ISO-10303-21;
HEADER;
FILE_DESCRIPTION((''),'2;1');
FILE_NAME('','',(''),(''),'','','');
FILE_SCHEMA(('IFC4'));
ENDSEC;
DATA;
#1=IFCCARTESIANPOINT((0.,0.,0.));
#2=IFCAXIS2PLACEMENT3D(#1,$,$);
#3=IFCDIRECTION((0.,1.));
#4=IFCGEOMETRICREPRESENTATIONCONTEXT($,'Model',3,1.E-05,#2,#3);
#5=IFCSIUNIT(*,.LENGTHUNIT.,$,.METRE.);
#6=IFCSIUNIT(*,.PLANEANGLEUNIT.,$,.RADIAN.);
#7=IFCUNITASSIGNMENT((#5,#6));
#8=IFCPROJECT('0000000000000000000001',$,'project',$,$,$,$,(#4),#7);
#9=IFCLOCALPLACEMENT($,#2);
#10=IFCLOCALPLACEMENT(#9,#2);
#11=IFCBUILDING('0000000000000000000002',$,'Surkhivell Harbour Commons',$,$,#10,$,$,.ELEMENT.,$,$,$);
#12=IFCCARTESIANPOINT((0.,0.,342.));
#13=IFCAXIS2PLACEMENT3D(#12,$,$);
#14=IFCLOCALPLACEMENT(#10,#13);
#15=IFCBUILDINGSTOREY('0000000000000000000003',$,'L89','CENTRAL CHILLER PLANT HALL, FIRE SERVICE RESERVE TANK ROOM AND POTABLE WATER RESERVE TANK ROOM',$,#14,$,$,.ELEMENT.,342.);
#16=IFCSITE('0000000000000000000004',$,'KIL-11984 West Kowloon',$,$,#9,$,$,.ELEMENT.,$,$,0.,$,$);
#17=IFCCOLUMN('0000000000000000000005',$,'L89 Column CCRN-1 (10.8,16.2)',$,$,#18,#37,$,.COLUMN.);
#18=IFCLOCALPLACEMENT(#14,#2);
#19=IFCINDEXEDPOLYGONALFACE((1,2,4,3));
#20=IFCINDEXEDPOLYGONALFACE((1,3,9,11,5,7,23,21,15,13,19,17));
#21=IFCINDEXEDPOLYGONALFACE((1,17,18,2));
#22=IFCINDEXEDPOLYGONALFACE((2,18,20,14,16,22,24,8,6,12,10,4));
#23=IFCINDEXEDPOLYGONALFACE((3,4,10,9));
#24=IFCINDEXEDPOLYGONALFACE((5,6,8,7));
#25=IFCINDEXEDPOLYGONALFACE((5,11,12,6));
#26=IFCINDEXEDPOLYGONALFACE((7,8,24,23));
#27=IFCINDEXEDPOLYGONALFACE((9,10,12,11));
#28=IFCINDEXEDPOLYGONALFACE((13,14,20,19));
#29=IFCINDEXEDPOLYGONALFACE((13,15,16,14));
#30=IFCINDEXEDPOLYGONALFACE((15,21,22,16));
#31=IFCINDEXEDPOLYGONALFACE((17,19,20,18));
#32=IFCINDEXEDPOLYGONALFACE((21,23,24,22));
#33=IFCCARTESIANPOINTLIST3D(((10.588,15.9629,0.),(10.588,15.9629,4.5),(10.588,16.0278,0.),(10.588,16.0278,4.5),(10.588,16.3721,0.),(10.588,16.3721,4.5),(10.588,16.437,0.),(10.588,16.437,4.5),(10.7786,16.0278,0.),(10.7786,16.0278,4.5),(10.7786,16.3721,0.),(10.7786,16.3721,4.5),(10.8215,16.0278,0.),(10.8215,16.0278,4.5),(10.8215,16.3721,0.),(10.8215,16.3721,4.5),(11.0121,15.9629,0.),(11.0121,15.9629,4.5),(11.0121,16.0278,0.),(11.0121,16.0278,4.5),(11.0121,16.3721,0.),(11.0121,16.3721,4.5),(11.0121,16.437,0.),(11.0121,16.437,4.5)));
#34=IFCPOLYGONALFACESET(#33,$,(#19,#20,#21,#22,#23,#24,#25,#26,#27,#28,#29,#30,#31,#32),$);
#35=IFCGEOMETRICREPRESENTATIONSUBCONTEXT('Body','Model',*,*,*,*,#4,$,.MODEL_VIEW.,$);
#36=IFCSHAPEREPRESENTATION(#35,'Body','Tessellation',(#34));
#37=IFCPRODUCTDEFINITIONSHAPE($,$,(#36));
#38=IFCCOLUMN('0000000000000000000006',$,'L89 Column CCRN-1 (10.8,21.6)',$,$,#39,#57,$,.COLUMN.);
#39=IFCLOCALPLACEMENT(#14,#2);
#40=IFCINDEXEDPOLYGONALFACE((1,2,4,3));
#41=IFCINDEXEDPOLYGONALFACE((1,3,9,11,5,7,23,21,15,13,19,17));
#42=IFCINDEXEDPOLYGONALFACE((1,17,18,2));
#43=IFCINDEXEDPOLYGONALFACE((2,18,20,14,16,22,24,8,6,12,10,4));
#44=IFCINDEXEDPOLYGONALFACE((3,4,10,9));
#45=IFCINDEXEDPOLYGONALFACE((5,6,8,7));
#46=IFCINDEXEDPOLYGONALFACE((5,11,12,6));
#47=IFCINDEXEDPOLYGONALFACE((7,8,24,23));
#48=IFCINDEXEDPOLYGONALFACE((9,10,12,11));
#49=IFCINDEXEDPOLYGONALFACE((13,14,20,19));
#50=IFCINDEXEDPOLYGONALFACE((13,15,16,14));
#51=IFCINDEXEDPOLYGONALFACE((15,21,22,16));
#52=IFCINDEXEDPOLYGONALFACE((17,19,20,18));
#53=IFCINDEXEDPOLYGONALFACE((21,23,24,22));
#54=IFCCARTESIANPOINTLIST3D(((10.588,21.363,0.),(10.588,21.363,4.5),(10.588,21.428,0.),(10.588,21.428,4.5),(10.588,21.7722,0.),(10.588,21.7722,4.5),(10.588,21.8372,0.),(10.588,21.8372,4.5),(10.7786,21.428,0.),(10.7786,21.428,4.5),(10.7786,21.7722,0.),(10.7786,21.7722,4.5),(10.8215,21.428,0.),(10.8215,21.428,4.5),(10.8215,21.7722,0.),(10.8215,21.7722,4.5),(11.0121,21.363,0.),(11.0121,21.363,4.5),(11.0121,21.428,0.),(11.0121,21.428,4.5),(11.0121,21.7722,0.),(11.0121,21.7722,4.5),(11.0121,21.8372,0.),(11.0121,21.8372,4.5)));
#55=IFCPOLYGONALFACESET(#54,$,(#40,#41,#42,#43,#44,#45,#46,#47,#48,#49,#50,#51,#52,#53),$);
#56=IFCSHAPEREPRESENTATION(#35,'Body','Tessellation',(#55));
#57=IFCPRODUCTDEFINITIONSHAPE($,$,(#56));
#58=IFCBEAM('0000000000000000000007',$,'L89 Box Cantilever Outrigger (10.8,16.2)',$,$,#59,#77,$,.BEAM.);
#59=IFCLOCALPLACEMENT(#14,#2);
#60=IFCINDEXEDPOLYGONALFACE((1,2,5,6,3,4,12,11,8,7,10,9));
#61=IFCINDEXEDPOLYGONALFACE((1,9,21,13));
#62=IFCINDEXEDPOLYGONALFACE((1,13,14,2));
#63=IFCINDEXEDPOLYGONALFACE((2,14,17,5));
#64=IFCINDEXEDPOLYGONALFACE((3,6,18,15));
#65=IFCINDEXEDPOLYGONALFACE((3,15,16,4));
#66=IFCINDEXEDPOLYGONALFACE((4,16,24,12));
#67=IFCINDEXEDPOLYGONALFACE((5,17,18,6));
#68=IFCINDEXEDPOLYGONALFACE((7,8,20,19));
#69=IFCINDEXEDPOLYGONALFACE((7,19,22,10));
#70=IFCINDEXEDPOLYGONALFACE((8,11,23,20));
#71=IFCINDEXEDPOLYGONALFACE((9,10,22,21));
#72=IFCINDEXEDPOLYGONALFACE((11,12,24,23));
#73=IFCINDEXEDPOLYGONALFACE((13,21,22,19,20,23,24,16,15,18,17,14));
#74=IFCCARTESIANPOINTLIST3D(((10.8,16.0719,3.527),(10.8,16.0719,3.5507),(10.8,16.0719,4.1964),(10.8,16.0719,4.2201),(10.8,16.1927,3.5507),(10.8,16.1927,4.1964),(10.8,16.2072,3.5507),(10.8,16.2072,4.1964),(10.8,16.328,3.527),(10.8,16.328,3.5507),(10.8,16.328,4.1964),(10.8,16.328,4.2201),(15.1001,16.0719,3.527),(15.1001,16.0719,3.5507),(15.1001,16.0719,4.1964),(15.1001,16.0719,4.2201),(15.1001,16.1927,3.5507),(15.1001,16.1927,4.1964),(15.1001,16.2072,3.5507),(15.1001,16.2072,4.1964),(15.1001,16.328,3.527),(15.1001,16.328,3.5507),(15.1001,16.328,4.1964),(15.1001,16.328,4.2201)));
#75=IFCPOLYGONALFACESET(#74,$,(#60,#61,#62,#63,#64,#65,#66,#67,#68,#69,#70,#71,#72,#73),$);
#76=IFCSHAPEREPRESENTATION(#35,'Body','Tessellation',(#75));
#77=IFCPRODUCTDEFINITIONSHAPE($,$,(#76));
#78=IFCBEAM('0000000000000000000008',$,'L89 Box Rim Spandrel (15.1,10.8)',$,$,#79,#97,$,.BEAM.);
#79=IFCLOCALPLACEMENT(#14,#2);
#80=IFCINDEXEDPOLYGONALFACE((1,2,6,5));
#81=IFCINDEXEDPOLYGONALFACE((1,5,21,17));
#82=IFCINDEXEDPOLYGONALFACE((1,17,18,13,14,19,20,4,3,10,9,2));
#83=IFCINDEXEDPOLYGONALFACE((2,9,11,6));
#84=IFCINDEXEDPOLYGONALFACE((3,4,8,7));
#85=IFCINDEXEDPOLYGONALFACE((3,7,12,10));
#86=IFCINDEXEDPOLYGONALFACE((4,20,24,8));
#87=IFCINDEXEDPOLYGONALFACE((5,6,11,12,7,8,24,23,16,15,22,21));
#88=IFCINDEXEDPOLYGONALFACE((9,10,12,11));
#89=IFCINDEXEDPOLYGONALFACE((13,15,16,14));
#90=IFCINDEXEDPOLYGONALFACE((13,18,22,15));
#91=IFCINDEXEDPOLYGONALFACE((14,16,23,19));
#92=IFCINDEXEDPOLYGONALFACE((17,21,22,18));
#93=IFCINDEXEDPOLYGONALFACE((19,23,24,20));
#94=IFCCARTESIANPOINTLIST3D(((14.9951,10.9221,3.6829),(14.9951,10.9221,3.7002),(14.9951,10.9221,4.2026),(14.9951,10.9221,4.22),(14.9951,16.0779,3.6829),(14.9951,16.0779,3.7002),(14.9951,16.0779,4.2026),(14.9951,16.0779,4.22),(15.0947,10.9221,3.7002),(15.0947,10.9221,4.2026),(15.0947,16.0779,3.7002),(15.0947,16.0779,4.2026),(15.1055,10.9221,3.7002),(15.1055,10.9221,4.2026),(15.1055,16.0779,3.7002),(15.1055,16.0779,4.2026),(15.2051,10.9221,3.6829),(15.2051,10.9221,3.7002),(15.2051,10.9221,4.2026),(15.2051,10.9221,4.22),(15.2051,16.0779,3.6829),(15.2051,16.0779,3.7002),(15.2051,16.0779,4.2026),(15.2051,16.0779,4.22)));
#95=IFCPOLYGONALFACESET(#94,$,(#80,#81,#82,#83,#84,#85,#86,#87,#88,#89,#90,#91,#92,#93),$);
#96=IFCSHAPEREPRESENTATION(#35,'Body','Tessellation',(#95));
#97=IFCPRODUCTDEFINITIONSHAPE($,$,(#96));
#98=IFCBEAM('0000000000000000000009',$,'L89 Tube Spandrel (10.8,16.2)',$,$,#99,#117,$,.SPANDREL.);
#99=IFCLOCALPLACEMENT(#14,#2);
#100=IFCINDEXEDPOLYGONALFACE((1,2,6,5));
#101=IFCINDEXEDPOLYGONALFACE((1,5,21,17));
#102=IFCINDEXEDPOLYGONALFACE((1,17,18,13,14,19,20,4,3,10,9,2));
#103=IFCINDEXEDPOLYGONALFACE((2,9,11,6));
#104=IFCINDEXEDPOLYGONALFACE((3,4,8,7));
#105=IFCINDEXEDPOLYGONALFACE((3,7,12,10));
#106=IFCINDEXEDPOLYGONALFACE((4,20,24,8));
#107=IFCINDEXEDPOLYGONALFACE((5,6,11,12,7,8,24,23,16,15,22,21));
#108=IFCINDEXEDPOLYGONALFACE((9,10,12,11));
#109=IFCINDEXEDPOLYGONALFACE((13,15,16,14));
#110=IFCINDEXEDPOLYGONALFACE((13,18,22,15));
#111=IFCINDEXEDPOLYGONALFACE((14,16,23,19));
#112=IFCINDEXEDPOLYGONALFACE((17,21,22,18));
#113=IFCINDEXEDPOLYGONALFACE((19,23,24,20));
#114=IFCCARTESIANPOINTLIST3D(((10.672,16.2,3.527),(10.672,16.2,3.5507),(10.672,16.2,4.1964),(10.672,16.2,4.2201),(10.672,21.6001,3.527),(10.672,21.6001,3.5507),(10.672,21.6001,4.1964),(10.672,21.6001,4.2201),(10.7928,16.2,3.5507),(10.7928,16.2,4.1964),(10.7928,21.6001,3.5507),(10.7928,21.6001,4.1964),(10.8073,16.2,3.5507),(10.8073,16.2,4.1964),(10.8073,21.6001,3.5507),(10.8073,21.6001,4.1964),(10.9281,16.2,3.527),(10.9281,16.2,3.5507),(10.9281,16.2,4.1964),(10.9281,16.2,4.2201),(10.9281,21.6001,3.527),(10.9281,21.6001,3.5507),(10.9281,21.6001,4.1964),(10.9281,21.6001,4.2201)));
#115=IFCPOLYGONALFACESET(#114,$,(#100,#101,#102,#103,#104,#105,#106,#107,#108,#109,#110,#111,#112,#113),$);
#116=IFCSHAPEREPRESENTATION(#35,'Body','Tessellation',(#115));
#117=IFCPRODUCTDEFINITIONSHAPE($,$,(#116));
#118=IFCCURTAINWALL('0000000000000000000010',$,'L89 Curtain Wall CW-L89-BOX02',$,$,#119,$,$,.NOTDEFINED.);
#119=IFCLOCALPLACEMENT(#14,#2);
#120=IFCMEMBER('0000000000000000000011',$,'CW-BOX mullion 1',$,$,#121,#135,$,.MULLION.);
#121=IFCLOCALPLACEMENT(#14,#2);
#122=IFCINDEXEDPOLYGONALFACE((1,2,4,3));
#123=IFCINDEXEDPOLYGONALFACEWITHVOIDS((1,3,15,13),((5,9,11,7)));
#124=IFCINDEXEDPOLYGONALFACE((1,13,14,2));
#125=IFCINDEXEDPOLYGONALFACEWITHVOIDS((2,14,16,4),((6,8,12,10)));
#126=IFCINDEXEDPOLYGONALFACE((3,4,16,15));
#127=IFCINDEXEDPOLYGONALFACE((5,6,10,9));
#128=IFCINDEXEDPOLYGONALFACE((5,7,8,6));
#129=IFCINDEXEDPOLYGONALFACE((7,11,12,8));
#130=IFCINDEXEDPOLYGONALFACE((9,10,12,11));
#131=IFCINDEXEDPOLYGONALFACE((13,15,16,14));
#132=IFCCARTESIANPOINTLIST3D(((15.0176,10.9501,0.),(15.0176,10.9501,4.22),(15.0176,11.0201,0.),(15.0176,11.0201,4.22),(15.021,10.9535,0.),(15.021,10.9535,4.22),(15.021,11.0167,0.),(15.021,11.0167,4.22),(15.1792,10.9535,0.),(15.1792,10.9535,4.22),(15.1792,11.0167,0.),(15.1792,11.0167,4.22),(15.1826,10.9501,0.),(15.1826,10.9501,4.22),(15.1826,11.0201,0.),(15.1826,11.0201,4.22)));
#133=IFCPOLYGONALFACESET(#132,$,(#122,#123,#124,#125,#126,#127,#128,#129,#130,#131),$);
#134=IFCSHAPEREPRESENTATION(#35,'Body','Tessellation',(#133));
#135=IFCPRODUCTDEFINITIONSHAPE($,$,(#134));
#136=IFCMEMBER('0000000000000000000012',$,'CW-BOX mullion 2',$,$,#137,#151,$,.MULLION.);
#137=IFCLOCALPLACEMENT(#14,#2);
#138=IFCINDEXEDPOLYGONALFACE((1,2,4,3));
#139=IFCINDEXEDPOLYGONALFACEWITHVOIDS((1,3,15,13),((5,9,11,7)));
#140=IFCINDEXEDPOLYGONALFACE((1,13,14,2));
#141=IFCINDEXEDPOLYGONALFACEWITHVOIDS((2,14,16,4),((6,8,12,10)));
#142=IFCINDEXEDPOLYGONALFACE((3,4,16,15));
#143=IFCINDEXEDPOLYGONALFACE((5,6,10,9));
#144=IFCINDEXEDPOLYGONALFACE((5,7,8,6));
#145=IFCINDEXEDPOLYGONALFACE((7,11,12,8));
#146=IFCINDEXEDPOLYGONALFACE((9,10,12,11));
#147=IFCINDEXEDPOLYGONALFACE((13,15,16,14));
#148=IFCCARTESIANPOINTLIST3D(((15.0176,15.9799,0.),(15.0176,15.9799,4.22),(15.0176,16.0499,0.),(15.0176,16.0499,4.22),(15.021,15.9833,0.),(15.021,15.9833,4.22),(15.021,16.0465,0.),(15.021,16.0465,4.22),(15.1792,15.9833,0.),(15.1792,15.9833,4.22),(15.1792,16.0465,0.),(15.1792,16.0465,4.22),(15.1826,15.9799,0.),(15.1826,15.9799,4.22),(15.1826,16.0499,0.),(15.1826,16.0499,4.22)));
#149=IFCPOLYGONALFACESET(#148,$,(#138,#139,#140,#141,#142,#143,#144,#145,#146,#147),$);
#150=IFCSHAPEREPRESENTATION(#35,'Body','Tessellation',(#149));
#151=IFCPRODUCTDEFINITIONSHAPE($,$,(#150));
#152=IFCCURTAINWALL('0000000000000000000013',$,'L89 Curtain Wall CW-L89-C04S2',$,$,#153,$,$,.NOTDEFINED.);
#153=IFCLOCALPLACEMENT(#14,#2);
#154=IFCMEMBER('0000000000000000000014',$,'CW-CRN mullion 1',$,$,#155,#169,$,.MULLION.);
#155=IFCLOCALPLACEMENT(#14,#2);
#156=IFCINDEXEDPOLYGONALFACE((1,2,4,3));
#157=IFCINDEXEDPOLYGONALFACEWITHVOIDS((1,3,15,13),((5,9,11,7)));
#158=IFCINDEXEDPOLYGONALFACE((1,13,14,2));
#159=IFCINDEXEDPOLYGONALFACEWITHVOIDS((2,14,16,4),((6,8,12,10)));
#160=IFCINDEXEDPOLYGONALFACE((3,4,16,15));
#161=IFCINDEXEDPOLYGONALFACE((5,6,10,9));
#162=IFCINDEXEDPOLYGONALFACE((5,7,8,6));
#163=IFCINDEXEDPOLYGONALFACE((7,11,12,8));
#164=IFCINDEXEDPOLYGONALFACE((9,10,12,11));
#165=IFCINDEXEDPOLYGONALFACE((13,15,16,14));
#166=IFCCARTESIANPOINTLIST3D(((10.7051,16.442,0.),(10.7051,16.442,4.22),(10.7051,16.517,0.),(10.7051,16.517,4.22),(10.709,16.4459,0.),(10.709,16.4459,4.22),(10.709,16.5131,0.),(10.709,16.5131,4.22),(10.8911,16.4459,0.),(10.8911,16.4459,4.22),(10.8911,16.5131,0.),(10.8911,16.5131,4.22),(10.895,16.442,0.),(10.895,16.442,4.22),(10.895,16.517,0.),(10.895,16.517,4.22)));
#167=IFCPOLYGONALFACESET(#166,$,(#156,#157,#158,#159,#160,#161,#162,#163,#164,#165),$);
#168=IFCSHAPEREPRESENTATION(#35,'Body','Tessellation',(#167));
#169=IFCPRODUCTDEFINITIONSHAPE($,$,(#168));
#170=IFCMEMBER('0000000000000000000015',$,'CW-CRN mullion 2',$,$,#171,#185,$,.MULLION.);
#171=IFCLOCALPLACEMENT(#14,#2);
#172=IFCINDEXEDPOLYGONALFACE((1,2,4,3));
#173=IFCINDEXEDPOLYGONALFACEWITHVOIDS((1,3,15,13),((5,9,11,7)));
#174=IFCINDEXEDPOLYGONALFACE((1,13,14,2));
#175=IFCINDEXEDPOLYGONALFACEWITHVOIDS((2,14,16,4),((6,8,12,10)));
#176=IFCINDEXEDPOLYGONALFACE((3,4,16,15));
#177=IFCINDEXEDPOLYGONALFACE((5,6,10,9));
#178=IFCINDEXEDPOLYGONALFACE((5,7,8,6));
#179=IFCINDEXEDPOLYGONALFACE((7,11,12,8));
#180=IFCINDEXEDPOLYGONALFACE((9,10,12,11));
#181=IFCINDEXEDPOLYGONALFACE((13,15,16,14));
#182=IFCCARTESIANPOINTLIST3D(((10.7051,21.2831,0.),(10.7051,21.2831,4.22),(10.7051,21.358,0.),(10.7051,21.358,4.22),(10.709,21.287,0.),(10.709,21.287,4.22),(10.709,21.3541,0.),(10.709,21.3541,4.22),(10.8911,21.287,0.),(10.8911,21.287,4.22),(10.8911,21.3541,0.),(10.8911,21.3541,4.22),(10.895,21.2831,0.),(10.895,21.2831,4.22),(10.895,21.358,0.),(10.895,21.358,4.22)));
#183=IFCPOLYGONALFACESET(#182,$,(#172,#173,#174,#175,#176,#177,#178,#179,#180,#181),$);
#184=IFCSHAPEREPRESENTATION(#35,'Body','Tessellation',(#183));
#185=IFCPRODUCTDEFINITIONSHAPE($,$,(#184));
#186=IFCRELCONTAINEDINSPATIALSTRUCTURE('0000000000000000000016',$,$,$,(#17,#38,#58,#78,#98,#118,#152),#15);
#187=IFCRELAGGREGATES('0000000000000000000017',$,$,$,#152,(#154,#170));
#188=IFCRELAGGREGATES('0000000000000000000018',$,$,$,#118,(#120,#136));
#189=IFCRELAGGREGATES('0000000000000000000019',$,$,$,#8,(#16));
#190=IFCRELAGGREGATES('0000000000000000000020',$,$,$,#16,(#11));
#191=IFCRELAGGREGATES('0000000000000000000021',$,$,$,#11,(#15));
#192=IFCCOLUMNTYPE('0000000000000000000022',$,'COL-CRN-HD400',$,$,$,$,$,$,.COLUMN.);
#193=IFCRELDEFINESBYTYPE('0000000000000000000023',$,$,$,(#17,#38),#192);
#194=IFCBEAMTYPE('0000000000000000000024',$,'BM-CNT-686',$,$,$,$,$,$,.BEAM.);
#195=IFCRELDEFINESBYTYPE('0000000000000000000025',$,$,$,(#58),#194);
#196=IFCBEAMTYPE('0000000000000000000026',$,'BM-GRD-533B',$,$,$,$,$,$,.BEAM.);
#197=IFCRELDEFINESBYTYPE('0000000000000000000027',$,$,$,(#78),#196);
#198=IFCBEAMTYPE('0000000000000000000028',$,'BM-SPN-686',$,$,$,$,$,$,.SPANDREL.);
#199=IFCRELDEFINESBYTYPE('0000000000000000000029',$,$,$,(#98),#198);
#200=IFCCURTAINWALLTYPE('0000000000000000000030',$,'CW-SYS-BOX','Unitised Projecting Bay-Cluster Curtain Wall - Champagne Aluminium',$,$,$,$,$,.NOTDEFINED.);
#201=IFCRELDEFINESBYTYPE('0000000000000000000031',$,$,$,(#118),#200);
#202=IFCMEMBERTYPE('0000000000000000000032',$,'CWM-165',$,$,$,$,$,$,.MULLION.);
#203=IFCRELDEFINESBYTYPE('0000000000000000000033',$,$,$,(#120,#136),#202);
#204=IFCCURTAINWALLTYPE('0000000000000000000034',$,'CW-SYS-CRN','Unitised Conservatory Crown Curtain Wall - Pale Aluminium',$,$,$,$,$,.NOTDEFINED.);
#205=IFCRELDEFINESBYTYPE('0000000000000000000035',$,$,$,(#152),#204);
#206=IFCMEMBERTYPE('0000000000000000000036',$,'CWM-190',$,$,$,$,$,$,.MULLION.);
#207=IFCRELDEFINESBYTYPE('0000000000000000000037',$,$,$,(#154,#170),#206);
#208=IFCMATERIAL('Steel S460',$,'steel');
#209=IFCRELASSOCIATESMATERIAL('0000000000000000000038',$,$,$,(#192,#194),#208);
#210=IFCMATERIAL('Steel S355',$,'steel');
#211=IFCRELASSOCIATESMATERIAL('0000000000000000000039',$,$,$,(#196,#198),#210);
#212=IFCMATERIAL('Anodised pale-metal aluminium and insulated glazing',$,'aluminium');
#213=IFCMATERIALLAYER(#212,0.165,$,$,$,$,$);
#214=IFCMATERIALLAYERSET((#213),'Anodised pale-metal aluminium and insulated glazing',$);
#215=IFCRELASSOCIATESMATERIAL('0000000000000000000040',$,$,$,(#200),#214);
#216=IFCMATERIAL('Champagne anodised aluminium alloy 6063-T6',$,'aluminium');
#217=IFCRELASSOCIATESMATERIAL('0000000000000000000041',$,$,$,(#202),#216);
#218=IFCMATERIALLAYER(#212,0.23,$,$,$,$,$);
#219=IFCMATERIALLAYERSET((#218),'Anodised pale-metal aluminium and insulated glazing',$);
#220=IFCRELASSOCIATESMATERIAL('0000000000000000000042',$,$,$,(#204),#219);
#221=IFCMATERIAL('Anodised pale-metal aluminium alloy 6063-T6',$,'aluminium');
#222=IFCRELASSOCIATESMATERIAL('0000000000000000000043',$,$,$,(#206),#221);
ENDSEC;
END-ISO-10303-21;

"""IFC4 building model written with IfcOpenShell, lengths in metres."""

from ifc_helpers import new_model, si_unit, direction, frame, origin, origin_2d, place, context, subcontext, project, spatial, hollow_rectangle, i_section, extrude, material, layer, layer_set, material_profile, profile_set, type_object, element, aggregate, save


model = new_model("IFC4")

# Units and contexts
model_context = context("Model", 3, precision=1e-05, world=origin(), true_north=direction((0.0, 1.0)))
body_context = subcontext(model_context, "Body", "Model", "MODEL_VIEW")
ifc_project = project(units=[si_unit("LENGTHUNIT", "METRE"), si_unit("PLANEANGLEUNIT", "RADIAN")], contexts=[model_context])

# Site, building, storey
site_placement = place(None, origin())
site = spatial("IfcSite", under=ifc_project, at=site_placement, Name="KIL-11984 West Kowloon", CompositionType="ELEMENT", RefElevation=0.0)
building_placement = place(site_placement, origin())
building = spatial("IfcBuilding", under=site, at=building_placement, Name="Surkhivell Harbour Commons", CompositionType="ELEMENT")
storey_placement = place(building_placement, frame((0.0, 0.0, 342.0)))
storey = spatial("IfcBuildingStorey", under=building, at=storey_placement, Name="L89", Description="CENTRAL CHILLER PLANT HALL, FIRE SERVICE RESERVE TANK ROOM AND POTABLE WATER RESERVE TANK ROOM", CompositionType="ELEMENT", Elevation=342.0)

# Columns
ifc_material_1 = material(Name="Steel S460", Category="steel")
ifc_material_profile_1 = material_profile(ifc_material_1, i_section(OverallWidth=0.4241, OverallDepth=0.4741, WebThickness=0.043, FlangeThickness=0.0649, at=origin_2d()), Name="HD400x634")
ifc_profile_set_1 = profile_set([ifc_material_profile_1], Name="Steel S460")
column_type = type_object("IfcColumnType", Name="COL-CRN-HD400", PredefinedType="COLUMN", material=ifc_profile_set_1)
for number, where, z_axis, x_axis, name in (
    (1, (10.8, 16.2, 0.0), (0.0, 0.0, 1.0), (1.0, 0.0, 0.0), "L89 Column CCRN-1 (10.8,16.2)"),
    (2, (10.8, 21.6001, 0.0), (0.0, 0.0, 1.0), (1.0, 0.0, 0.0), "L89 Column CCRN-1 (10.8,21.6)"),
):
    element("IfcColumn", number, at=place(storey_placement, frame(where, z_axis=z_axis, x_axis=x_axis)), inside=storey, type_object=column_type, Name=name, PredefinedType="COLUMN", context=body_context, shape_type="SweptSolid", body=[
        extrude(i_section(OverallWidth=0.4241, OverallDepth=0.4741, WebThickness=0.043, FlangeThickness=0.0649, at=origin_2d()), origin(), (0.0, 0.0, 1.0), 4.5),
    ])

# Beams
ifc_material_profile_2 = material_profile(ifc_material_1, i_section(OverallWidth=0.2561, OverallDepth=0.6931, WebThickness=0.0144, FlangeThickness=0.0237, at=origin_2d()), Name="UB686x254x170")
ifc_profile_set_2 = profile_set([ifc_material_profile_2], Name="Steel S460")
beam_type_1 = type_object("IfcBeamType", Name="BM-CNT-686", PredefinedType="BEAM", material=ifc_profile_set_2)
beam_1_placement = place(storey_placement, frame((10.8, 16.2, 3.8735), z_axis=(1.0, 0.0, 0.0), x_axis=(0.0, 1.0, 0.0)))
element("IfcBeam", 3, at=beam_1_placement, inside=storey, type_object=beam_type_1, Name="L89 Box Cantilever Outrigger (10.8,16.2)", PredefinedType="BEAM", context=body_context, shape_type="SweptSolid", body=[
    extrude(i_section(OverallWidth=0.2561, OverallDepth=0.6931, WebThickness=0.0144, FlangeThickness=0.0237, at=origin_2d()), origin(), (0.0, 0.0, 1.0), 4.3),
])
ifc_material_2 = material(Name="Steel S355", Category="steel")
ifc_material_profile_3 = material_profile(ifc_material_2, i_section(OverallWidth=0.21, OverallDepth=0.5371, WebThickness=0.0107, FlangeThickness=0.0173, at=origin_2d()), Name="UB533x210x101")
ifc_profile_set_3 = profile_set([ifc_material_profile_3], Name="Steel S355")
beam_type_2 = type_object("IfcBeamType", Name="BM-GRD-533B", PredefinedType="BEAM", material=ifc_profile_set_3)
beam_2_placement = place(storey_placement, frame((15.1001, 10.9221, 3.9514), z_axis=(0.0, 1.0, 0.0), x_axis=(-1.0, 0.0, 0.0)))
element("IfcBeam", 4, at=beam_2_placement, inside=storey, type_object=beam_type_2, Name="L89 Box Rim Spandrel (15.1,10.8)", PredefinedType="BEAM", context=body_context, shape_type="SweptSolid", body=[
    extrude(i_section(OverallWidth=0.21, OverallDepth=0.5371, WebThickness=0.0107, FlangeThickness=0.0173, at=origin_2d()), origin(), (0.0, 0.0, 1.0), 5.1558),
])
ifc_material_profile_4 = material_profile(ifc_material_2, i_section(OverallWidth=0.2561, OverallDepth=0.6931, WebThickness=0.0144, FlangeThickness=0.0237, at=origin_2d()), Name="UB686x254x170")
ifc_profile_set_4 = profile_set([ifc_material_profile_4], Name="Steel S355")
beam_type_3 = type_object("IfcBeamType", Name="BM-SPN-686", PredefinedType="SPANDREL", material=ifc_profile_set_4)
beam_3_placement = place(storey_placement, frame((10.8, 16.2, 3.8735), z_axis=(0.0, 1.0, 0.0), x_axis=(-1.0, 0.0, 0.0)))
element("IfcBeam", 5, at=beam_3_placement, inside=storey, type_object=beam_type_3, Name="L89 Tube Spandrel (10.8,16.2)", PredefinedType="SPANDREL", context=body_context, shape_type="SweptSolid", body=[
    extrude(i_section(OverallWidth=0.2561, OverallDepth=0.6931, WebThickness=0.0144, FlangeThickness=0.0237, at=origin_2d()), origin(), (0.0, 0.0, 1.0), 5.4001),
])

# Curtain walls, members
ifc_material_3 = material(Name="Anodised pale-metal aluminium and insulated glazing", Category="aluminium")
ifc_layer_1 = layer(ifc_material_3, 0.165)
ifc_layer_set_1 = layer_set([ifc_layer_1], Name="Anodised pale-metal aluminium and insulated glazing")
curtain_wall_type_1 = type_object("IfcCurtainWallType", Name="CW-SYS-BOX", Description="Unitised Projecting Bay-Cluster Curtain Wall - Champagne Aluminium", PredefinedType="NOTDEFINED", material=ifc_layer_set_1)
curtain_wall_1_placement = place(storey_placement, origin())
curtain_wall_1 = element("IfcCurtainWall", 6, at=curtain_wall_1_placement, inside=storey, type_object=curtain_wall_type_1, Name="L89 Curtain Wall CW-L89-BOX02", PredefinedType="NOTDEFINED")
ifc_material_4 = material(Name="Champagne anodised aluminium alloy 6063-T6", Category="aluminium")
ifc_material_profile_5 = material_profile(ifc_material_4, hollow_rectangle(XDim=0.0701, YDim=0.165, WallThickness=0.0034, at=origin_2d()), Name="ALU-MULL-70x165")
ifc_profile_set_5 = profile_set([ifc_material_profile_5], Name="Champagne anodised aluminium alloy 6063-T6")
member_type_1 = type_object("IfcMemberType", Name="CWM-165", PredefinedType="MULLION", material=ifc_profile_set_5)
member_1_placement = place(storey_placement, frame((15.1001, 10.9851, 0.0), z_axis=(0.0, 0.0, 1.0), x_axis=(0.0, 1.0, 0.0)))
member_1 = element("IfcMember", 7, at=member_1_placement, type_object=member_type_1, Name="CW-BOX mullion 1", PredefinedType="MULLION", context=body_context, shape_type="SweptSolid", body=[
    extrude(hollow_rectangle(XDim=0.0701, YDim=0.165, WallThickness=0.0034, at=origin_2d()), origin(), (0.0, 0.0, 1.0), 4.22),
])
member_2_placement = place(storey_placement, frame((15.1001, 16.0149, 0.0), z_axis=(0.0, 0.0, 1.0), x_axis=(0.0, 1.0, 0.0)))
member_2 = element("IfcMember", 8, at=member_2_placement, type_object=member_type_1, Name="CW-BOX mullion 2", PredefinedType="MULLION", context=body_context, shape_type="SweptSolid", body=[
    extrude(hollow_rectangle(XDim=0.0701, YDim=0.165, WallThickness=0.0034, at=origin_2d()), origin(), (0.0, 0.0, 1.0), 4.22),
])
ifc_layer_2 = layer(ifc_material_3, 0.23)
ifc_layer_set_2 = layer_set([ifc_layer_2], Name="Anodised pale-metal aluminium and insulated glazing")
curtain_wall_type_2 = type_object("IfcCurtainWallType", Name="CW-SYS-CRN", Description="Unitised Conservatory Crown Curtain Wall - Pale Aluminium", PredefinedType="NOTDEFINED", material=ifc_layer_set_2)
curtain_wall_2_placement = place(storey_placement, origin())
curtain_wall_2 = element("IfcCurtainWall", 9, at=curtain_wall_2_placement, inside=storey, type_object=curtain_wall_type_2, Name="L89 Curtain Wall CW-L89-C04S2", PredefinedType="NOTDEFINED")
ifc_material_5 = material(Name="Anodised pale-metal aluminium alloy 6063-T6", Category="aluminium")
ifc_material_profile_6 = material_profile(ifc_material_5, hollow_rectangle(XDim=0.075, YDim=0.1899, WallThickness=0.0039, at=origin_2d()), Name="ALU-MULL-75x190")
ifc_profile_set_6 = profile_set([ifc_material_profile_6], Name="Anodised pale-metal aluminium alloy 6063-T6")
member_type_2 = type_object("IfcMemberType", Name="CWM-190", PredefinedType="MULLION", material=ifc_profile_set_6)
member_3_placement = place(storey_placement, frame((10.8, 16.4795, 0.0), z_axis=(0.0, 0.0, 1.0), x_axis=(0.0, 1.0, 0.0)))
member_3 = element("IfcMember", 10, at=member_3_placement, type_object=member_type_2, Name="CW-CRN mullion 1", PredefinedType="MULLION", context=body_context, shape_type="SweptSolid", body=[
    extrude(hollow_rectangle(XDim=0.075, YDim=0.1899, WallThickness=0.0039, at=origin_2d()), origin(), (0.0, 0.0, 1.0), 4.22),
])
member_4_placement = place(storey_placement, frame((10.8, 21.3206, 0.0), z_axis=(0.0, 0.0, 1.0), x_axis=(0.0, 1.0, 0.0)))
member_4 = element("IfcMember", 11, at=member_4_placement, type_object=member_type_2, Name="CW-CRN mullion 2", PredefinedType="MULLION", context=body_context, shape_type="SweptSolid", body=[
    extrude(hollow_rectangle(XDim=0.075, YDim=0.1899, WallThickness=0.0039, at=origin_2d()), origin(), (0.0, 0.0, 1.0), 4.22),
])

aggregate(curtain_wall_2, [member_3, member_4])
aggregate(curtain_wall_1, [member_1, member_2])

save(model, "model.ifc")
